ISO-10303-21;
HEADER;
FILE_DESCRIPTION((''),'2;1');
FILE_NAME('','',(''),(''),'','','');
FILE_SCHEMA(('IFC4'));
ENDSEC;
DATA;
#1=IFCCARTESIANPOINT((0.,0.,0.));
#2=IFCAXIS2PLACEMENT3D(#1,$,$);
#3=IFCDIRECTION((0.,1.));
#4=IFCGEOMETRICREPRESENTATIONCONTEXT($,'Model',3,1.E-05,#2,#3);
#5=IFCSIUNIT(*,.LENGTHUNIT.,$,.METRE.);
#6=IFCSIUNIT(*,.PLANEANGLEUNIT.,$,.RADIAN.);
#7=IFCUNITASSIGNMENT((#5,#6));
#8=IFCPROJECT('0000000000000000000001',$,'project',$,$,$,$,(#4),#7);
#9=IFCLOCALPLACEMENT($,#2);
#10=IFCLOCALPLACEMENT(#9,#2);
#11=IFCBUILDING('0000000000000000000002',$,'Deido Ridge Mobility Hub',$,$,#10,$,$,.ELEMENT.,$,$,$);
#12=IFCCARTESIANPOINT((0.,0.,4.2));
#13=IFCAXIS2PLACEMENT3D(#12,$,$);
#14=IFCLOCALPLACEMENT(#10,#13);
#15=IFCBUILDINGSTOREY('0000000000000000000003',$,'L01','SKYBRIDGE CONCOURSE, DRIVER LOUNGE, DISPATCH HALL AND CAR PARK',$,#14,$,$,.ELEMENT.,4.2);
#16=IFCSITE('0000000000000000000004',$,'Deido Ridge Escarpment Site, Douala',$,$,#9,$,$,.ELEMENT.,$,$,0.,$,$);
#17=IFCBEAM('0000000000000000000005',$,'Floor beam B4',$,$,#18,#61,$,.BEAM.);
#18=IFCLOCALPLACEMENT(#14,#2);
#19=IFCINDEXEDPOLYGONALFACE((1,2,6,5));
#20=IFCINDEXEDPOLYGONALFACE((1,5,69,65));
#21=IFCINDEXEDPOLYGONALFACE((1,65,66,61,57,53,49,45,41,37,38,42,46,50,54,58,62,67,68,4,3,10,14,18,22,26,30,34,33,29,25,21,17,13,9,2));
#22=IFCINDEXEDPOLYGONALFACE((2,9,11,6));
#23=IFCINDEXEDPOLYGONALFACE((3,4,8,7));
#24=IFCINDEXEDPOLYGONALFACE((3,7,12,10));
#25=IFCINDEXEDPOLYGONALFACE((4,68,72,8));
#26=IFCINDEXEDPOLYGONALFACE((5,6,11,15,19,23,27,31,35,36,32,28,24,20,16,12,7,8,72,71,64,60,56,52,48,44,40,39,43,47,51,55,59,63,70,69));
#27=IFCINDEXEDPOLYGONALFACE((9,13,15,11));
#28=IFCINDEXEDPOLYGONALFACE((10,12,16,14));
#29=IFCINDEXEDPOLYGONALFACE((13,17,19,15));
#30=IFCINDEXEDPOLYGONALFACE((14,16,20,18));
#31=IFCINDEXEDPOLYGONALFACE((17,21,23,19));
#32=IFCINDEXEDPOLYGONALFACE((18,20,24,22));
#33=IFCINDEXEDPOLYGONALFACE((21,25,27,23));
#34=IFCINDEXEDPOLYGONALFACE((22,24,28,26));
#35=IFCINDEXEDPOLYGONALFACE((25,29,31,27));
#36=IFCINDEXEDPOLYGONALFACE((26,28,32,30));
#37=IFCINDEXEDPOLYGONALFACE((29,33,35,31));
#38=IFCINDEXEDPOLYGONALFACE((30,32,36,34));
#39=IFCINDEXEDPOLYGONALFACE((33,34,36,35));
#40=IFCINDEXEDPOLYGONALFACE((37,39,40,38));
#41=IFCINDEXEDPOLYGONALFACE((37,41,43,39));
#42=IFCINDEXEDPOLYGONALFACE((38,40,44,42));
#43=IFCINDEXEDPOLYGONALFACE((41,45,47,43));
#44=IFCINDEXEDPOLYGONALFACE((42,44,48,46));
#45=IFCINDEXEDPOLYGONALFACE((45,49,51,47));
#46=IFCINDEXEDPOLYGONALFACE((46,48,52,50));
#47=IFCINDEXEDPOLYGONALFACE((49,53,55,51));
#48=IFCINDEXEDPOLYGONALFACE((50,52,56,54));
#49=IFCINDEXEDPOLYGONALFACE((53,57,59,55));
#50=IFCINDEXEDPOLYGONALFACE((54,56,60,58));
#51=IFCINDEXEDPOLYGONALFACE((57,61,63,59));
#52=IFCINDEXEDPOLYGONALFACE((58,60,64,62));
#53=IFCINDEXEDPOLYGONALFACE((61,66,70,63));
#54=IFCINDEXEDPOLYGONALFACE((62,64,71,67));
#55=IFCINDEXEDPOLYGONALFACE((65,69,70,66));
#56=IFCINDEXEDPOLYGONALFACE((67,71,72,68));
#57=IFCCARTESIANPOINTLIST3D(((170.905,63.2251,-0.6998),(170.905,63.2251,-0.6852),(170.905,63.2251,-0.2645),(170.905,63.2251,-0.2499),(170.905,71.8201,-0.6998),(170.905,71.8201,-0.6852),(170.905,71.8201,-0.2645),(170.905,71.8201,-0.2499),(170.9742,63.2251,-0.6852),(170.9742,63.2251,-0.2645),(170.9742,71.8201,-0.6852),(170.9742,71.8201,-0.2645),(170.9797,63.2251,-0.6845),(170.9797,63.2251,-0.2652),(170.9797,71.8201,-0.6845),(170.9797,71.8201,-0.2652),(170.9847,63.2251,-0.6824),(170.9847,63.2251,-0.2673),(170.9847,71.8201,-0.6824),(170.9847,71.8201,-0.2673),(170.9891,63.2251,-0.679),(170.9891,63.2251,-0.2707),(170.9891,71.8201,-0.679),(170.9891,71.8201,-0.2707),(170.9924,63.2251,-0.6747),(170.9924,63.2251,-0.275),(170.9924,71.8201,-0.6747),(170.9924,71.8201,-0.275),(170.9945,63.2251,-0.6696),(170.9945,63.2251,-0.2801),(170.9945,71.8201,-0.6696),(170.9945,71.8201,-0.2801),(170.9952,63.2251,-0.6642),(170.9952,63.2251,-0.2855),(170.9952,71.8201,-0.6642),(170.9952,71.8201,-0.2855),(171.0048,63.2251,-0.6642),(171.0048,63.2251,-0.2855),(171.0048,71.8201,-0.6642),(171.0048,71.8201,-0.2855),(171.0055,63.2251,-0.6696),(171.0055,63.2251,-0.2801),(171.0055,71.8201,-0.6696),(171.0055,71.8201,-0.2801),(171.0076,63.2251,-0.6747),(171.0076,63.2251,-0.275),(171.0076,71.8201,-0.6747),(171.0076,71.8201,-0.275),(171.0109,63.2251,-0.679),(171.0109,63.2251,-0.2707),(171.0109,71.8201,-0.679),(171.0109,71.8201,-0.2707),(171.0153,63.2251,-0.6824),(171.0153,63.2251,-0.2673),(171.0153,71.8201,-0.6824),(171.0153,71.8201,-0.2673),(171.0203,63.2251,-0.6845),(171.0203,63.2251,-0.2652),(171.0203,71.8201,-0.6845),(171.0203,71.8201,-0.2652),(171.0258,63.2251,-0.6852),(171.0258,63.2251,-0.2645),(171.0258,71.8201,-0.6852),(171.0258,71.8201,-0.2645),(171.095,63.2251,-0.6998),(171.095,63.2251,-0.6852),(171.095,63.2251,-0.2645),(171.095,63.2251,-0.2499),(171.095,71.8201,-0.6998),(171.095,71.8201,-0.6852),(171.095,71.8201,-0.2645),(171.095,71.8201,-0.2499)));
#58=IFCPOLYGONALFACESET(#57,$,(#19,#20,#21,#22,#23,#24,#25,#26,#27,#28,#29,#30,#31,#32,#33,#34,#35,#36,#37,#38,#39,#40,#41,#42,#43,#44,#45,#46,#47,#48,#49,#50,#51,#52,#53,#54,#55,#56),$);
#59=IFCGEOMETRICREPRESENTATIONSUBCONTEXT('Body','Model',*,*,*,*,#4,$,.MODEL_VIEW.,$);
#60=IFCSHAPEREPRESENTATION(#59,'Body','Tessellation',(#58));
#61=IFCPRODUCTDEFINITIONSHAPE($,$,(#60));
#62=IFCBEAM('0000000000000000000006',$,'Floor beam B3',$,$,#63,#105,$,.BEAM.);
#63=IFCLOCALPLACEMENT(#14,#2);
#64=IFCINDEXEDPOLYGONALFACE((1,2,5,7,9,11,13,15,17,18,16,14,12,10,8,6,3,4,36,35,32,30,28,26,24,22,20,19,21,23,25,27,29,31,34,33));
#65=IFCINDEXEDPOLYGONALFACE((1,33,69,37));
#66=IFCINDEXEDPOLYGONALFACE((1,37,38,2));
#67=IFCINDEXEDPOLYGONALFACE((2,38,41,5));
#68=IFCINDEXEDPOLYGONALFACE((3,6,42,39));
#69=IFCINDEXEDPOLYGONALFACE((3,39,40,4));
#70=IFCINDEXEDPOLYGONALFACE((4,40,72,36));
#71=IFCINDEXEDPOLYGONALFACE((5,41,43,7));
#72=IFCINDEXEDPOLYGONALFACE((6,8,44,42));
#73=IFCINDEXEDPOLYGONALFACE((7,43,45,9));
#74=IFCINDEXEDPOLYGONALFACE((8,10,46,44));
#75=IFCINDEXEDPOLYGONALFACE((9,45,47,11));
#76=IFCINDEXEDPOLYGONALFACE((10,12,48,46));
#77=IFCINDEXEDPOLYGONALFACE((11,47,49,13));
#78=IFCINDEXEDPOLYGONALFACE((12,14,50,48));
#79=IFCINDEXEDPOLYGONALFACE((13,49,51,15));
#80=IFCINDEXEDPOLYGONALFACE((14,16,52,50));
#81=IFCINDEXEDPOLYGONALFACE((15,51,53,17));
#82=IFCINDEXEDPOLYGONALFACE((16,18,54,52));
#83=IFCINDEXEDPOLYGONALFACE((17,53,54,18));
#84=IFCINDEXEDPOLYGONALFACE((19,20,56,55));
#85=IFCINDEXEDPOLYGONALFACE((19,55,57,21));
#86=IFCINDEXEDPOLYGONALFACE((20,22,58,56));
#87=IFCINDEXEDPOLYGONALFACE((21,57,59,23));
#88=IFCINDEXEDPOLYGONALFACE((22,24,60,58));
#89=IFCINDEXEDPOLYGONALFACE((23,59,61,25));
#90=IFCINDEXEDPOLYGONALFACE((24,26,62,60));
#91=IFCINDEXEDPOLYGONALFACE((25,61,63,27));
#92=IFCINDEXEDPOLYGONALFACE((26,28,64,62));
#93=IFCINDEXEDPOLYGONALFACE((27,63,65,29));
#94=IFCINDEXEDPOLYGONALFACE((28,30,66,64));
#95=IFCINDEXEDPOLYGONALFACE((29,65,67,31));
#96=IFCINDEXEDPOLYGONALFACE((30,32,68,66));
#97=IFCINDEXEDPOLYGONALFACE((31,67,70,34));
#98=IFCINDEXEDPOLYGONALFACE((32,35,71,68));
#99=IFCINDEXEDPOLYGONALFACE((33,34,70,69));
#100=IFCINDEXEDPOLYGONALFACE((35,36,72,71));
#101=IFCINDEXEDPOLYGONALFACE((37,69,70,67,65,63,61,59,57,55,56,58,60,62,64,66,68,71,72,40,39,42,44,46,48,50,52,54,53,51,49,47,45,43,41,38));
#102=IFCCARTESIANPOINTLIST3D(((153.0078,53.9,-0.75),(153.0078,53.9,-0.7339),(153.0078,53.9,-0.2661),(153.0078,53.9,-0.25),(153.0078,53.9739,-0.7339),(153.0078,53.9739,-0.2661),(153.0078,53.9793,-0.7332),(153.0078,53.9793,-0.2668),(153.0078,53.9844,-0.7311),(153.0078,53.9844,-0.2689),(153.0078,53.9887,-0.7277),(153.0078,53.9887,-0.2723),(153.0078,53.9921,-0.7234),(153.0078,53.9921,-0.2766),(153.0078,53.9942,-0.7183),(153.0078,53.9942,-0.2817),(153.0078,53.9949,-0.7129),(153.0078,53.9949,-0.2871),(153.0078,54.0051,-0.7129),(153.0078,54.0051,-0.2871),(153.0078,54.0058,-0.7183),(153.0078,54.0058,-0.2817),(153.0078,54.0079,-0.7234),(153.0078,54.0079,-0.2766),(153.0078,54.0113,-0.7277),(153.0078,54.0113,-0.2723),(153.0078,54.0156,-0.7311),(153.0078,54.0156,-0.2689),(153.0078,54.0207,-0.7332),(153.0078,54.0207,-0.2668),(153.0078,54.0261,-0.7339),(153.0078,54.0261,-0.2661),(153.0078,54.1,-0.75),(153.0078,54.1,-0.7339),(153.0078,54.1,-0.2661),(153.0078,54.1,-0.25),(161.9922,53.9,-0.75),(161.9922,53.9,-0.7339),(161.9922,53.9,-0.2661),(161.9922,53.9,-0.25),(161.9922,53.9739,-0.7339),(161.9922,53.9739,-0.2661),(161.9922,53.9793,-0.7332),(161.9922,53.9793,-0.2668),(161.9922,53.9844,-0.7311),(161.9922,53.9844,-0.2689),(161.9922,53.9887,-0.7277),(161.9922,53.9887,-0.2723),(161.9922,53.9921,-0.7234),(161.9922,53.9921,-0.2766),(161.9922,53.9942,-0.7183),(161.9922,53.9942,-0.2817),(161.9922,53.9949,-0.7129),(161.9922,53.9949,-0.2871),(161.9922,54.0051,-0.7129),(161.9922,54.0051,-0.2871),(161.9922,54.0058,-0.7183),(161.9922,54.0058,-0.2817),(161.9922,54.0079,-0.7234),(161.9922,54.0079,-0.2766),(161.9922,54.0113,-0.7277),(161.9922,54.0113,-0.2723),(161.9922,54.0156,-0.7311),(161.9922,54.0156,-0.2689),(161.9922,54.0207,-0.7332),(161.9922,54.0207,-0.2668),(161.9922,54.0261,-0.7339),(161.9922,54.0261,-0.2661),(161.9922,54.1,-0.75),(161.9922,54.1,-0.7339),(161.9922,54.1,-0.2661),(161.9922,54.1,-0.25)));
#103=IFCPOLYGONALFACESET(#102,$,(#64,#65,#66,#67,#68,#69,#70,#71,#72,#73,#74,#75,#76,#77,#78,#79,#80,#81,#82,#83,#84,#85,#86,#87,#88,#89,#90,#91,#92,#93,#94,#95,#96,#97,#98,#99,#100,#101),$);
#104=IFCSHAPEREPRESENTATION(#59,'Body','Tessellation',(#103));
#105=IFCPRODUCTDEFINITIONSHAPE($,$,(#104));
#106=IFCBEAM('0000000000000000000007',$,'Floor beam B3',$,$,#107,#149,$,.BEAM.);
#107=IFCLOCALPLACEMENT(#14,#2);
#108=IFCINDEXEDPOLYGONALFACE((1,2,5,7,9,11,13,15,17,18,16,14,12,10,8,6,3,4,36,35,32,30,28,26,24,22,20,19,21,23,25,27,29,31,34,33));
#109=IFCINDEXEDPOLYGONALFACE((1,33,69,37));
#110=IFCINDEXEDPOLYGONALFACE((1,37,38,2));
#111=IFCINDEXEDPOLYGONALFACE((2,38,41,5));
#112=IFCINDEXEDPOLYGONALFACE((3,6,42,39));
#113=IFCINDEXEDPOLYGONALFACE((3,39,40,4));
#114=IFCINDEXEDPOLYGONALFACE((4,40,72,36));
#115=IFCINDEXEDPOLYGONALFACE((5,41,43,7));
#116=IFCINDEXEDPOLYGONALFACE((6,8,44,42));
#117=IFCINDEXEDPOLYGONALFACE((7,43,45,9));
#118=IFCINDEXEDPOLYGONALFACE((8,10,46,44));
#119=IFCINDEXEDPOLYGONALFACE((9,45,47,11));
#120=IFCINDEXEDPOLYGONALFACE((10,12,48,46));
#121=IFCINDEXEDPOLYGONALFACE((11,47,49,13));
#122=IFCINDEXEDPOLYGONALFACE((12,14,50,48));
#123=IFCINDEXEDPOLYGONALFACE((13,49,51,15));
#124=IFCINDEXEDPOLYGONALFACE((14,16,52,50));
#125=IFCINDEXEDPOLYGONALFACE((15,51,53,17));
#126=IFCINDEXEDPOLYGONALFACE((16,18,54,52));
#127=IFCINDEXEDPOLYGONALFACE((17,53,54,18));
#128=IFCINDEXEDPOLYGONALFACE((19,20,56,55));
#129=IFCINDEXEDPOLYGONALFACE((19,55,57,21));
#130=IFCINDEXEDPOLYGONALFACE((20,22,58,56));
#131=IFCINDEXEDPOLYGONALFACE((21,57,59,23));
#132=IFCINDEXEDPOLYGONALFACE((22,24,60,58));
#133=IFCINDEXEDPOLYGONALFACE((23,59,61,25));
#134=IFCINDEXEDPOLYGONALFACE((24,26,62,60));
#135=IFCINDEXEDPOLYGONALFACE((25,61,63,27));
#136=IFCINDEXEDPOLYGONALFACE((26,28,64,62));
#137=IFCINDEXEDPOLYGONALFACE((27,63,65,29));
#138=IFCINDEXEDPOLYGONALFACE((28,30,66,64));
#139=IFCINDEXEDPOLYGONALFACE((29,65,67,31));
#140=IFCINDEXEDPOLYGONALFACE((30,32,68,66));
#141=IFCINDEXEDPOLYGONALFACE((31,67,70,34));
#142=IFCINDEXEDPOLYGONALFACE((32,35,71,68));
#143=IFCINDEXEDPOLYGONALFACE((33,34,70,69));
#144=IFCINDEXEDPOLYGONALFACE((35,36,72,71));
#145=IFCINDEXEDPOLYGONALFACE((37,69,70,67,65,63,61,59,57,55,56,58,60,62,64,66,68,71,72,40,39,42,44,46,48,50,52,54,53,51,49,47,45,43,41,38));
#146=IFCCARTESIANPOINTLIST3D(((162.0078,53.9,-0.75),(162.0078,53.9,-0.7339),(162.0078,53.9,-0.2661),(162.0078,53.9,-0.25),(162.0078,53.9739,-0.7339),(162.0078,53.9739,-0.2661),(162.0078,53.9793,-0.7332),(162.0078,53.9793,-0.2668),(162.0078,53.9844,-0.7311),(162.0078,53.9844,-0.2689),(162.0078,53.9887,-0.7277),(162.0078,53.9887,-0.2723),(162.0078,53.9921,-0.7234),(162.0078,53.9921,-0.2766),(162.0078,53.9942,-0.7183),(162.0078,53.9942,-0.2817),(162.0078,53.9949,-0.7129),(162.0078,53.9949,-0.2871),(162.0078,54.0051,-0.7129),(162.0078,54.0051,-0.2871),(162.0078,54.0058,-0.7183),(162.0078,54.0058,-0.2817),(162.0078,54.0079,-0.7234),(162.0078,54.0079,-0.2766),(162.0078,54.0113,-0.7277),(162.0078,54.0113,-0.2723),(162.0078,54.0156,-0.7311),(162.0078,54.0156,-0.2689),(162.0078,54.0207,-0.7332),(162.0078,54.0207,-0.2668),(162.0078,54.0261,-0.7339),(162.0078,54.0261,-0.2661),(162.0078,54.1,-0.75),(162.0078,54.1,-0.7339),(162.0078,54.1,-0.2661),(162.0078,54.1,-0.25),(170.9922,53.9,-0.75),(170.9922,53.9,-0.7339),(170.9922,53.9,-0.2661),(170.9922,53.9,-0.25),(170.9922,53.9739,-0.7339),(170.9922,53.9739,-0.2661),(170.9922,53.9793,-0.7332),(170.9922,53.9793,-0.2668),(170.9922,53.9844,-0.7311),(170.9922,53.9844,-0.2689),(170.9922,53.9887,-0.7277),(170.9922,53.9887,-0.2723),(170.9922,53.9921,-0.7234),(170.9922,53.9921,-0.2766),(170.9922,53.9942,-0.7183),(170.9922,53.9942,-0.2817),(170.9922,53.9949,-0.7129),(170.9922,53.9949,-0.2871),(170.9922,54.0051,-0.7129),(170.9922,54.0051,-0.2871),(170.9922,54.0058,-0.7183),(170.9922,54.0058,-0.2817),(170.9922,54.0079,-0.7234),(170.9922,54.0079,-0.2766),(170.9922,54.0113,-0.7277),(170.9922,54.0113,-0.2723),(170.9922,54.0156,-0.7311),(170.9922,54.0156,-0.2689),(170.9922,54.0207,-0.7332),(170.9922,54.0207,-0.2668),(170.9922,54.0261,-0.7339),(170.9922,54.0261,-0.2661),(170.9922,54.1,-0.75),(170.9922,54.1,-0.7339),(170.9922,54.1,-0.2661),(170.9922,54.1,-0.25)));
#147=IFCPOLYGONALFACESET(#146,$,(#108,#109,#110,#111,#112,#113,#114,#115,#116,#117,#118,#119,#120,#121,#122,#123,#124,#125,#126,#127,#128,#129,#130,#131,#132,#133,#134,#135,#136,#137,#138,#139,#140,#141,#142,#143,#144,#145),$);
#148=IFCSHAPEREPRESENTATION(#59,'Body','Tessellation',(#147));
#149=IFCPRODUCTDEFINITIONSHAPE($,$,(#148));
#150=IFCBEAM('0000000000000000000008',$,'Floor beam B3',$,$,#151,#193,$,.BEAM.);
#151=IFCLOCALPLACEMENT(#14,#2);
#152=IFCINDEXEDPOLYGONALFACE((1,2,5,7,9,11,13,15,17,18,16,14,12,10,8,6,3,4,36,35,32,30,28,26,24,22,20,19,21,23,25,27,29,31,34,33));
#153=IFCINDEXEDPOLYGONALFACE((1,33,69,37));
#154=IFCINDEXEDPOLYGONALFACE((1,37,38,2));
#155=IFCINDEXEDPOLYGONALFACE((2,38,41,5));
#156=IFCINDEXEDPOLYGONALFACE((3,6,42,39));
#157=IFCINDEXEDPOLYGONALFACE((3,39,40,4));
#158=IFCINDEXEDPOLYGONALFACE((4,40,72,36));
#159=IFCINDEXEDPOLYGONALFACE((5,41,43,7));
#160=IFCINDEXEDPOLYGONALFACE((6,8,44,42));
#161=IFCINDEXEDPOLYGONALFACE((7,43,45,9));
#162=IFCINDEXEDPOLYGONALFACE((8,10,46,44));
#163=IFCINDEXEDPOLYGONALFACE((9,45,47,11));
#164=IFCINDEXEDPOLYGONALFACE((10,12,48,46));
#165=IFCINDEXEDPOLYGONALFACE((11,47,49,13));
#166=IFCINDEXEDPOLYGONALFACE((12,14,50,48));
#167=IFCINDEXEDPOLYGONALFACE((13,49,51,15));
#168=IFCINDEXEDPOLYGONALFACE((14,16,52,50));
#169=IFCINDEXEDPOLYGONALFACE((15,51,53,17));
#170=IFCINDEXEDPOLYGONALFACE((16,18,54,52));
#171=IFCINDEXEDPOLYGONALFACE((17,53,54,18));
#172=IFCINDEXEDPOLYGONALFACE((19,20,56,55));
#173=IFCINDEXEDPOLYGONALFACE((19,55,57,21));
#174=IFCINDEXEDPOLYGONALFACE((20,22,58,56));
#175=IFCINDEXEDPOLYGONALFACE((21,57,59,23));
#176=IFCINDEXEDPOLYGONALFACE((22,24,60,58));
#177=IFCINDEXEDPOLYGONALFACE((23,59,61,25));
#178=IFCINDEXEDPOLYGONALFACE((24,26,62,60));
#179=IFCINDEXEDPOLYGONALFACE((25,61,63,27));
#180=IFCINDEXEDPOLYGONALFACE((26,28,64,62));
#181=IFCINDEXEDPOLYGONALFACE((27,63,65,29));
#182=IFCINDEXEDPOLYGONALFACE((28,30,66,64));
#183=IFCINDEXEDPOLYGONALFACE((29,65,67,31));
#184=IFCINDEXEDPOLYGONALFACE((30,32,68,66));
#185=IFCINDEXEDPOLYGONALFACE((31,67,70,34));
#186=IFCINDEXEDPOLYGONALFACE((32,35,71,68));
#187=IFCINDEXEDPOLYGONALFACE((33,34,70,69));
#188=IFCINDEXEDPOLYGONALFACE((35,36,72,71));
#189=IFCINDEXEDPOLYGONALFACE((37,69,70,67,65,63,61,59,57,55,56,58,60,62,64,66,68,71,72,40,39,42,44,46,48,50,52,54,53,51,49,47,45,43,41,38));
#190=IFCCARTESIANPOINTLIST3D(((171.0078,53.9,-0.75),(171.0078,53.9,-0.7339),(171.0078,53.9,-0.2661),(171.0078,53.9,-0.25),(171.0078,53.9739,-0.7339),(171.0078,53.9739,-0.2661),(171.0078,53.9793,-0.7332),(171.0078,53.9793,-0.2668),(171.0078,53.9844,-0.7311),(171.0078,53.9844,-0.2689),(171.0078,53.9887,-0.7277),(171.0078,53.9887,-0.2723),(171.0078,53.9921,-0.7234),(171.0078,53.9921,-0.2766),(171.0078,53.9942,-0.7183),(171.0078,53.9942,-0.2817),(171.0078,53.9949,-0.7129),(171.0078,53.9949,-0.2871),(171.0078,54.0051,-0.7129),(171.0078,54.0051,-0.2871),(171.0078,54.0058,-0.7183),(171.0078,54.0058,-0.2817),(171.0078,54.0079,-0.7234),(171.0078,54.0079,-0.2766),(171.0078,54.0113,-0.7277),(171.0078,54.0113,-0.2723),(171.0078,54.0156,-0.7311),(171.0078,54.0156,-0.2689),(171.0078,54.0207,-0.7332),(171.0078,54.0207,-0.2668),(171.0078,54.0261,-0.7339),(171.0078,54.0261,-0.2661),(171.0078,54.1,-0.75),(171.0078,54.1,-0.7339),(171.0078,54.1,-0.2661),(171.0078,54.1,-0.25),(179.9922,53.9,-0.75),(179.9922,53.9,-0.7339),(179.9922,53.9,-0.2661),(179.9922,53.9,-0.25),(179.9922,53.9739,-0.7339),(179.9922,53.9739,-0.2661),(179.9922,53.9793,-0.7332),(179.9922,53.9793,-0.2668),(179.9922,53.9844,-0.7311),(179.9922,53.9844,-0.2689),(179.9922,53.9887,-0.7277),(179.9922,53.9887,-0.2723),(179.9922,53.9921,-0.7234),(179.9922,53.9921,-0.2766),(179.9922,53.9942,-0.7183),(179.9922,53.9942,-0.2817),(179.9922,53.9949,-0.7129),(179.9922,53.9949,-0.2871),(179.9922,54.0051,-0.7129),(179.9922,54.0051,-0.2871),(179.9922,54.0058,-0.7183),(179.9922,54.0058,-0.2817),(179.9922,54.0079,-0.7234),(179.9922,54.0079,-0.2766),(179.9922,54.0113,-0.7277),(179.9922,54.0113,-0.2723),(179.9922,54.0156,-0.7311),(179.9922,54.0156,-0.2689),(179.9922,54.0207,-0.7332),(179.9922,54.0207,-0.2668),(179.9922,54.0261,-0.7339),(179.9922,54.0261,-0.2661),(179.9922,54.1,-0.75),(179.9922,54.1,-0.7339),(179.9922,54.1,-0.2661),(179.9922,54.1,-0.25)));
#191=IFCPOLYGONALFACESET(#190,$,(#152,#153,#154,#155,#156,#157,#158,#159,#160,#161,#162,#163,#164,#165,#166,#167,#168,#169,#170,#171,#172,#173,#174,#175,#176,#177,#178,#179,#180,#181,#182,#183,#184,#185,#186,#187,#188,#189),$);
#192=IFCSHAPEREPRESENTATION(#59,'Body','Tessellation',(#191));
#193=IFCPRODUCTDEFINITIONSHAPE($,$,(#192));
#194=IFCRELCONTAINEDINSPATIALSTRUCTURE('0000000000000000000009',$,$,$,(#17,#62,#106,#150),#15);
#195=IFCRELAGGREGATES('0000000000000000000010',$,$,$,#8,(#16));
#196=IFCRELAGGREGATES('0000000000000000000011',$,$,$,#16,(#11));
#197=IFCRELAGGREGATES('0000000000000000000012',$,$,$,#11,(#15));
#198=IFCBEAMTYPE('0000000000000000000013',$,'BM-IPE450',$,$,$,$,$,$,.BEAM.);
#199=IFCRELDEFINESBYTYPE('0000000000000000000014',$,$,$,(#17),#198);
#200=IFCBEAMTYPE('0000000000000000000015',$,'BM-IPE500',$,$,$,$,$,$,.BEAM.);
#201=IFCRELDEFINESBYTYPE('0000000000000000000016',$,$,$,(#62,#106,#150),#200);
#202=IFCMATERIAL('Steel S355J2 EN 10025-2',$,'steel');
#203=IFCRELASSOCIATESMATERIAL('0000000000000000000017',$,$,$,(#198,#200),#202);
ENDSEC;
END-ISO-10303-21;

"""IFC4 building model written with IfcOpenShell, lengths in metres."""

from ifc_helpers import new_model, si_unit, direction, frame, origin, origin_2d, place, context, subcontext, project, spatial, i_section, extrude, material, material_profile, profile_set, type_object, element, save


model = new_model("IFC4")

# Units and contexts
model_context = context("Model", 3, precision=1e-05, world=origin(), true_north=direction((0.0, 1.0)))
body_context = subcontext(model_context, "Body", "Model", "MODEL_VIEW")
ifc_project = project(units=[si_unit("LENGTHUNIT", "METRE"), si_unit("PLANEANGLEUNIT", "RADIAN")], contexts=[model_context])

# Site, building, storey
site_placement = place(None, origin())
site = spatial("IfcSite", under=ifc_project, at=site_placement, Name="Deido Ridge Escarpment Site, Douala", CompositionType="ELEMENT", RefElevation=0.0)
building_placement = place(site_placement, origin())
building = spatial("IfcBuilding", under=site, at=building_placement, Name="Deido Ridge Mobility Hub", CompositionType="ELEMENT")
storey_placement = place(building_placement, frame((0.0, 0.0, 4.2)))
storey = spatial("IfcBuildingStorey", under=building, at=storey_placement, Name="L01", Description="SKYBRIDGE CONCOURSE, DRIVER LOUNGE, DISPATCH HALL AND CAR PARK", CompositionType="ELEMENT", Elevation=4.2)

# Shared definitions
ifc_material_1 = material(Name="Steel S355J2 EN 10025-2", Category="steel")

# Beams
ifc_material_profile_1 = material_profile(ifc_material_1, i_section(OverallWidth=0.1899, OverallDepth=0.45, WebThickness=0.0095, FlangeThickness=0.0146, FilletRadius=0.021, at=origin_2d()), Name="IPE 450")
ifc_profile_set_1 = profile_set([ifc_material_profile_1], Name="Steel S355J2 EN 10025-2")
beam_type_1 = type_object("IfcBeamType", Name="BM-IPE450", PredefinedType="BEAM", material=ifc_profile_set_1)
beam_1_placement = place(storey_placement, frame((171.0, 63.2251, -0.4749), z_axis=(0.0, 1.0, 0.0), x_axis=(-1.0, 0.0, 0.0)))
element("IfcBeam", 1, at=beam_1_placement, inside=storey, type_object=beam_type_1, Name="Floor beam B4", PredefinedType="BEAM", context=body_context, shape_type="SweptSolid", body=[
    extrude(i_section(OverallWidth=0.1899, OverallDepth=0.45, WebThickness=0.0095, FlangeThickness=0.0146, FilletRadius=0.021, at=origin_2d()), origin(), (0.0, 0.0, 1.0), 8.595),
])
ifc_material_profile_2 = material_profile(ifc_material_1, i_section(OverallWidth=0.2, OverallDepth=0.5, WebThickness=0.0103, FlangeThickness=0.0161, FilletRadius=0.021, at=origin_2d()), Name="IPE 500")
ifc_profile_set_2 = profile_set([ifc_material_profile_2], Name="Steel S355J2 EN 10025-2")
beam_type_2 = type_object("IfcBeamType", Name="BM-IPE500", PredefinedType="BEAM", material=ifc_profile_set_2)
for number, where, z_axis, x_axis, name in (
    (2, (153.0078, 54.0, -0.5), (1.0, 0.0, 0.0), (0.0, 1.0, 0.0), "Floor beam B3"),
    (3, (162.0078, 54.0, -0.5), (1.0, 0.0, 0.0), (0.0, 1.0, 0.0), "Floor beam B3"),
    (4, (171.0078, 54.0, -0.5), (1.0, 0.0, 0.0), (0.0, 1.0, 0.0), "Floor beam B3"),
):
    element("IfcBeam", number, at=place(storey_placement, frame(where, z_axis=z_axis, x_axis=x_axis)), inside=storey, type_object=beam_type_2, Name=name, PredefinedType="BEAM", context=body_context, shape_type="SweptSolid", body=[
        extrude(i_section(OverallWidth=0.2, OverallDepth=0.5, WebThickness=0.0103, FlangeThickness=0.0161, FilletRadius=0.021, at=origin_2d()), origin(), (0.0, 0.0, 1.0), 8.9844),
    ])

save(model, "model.ifc")
